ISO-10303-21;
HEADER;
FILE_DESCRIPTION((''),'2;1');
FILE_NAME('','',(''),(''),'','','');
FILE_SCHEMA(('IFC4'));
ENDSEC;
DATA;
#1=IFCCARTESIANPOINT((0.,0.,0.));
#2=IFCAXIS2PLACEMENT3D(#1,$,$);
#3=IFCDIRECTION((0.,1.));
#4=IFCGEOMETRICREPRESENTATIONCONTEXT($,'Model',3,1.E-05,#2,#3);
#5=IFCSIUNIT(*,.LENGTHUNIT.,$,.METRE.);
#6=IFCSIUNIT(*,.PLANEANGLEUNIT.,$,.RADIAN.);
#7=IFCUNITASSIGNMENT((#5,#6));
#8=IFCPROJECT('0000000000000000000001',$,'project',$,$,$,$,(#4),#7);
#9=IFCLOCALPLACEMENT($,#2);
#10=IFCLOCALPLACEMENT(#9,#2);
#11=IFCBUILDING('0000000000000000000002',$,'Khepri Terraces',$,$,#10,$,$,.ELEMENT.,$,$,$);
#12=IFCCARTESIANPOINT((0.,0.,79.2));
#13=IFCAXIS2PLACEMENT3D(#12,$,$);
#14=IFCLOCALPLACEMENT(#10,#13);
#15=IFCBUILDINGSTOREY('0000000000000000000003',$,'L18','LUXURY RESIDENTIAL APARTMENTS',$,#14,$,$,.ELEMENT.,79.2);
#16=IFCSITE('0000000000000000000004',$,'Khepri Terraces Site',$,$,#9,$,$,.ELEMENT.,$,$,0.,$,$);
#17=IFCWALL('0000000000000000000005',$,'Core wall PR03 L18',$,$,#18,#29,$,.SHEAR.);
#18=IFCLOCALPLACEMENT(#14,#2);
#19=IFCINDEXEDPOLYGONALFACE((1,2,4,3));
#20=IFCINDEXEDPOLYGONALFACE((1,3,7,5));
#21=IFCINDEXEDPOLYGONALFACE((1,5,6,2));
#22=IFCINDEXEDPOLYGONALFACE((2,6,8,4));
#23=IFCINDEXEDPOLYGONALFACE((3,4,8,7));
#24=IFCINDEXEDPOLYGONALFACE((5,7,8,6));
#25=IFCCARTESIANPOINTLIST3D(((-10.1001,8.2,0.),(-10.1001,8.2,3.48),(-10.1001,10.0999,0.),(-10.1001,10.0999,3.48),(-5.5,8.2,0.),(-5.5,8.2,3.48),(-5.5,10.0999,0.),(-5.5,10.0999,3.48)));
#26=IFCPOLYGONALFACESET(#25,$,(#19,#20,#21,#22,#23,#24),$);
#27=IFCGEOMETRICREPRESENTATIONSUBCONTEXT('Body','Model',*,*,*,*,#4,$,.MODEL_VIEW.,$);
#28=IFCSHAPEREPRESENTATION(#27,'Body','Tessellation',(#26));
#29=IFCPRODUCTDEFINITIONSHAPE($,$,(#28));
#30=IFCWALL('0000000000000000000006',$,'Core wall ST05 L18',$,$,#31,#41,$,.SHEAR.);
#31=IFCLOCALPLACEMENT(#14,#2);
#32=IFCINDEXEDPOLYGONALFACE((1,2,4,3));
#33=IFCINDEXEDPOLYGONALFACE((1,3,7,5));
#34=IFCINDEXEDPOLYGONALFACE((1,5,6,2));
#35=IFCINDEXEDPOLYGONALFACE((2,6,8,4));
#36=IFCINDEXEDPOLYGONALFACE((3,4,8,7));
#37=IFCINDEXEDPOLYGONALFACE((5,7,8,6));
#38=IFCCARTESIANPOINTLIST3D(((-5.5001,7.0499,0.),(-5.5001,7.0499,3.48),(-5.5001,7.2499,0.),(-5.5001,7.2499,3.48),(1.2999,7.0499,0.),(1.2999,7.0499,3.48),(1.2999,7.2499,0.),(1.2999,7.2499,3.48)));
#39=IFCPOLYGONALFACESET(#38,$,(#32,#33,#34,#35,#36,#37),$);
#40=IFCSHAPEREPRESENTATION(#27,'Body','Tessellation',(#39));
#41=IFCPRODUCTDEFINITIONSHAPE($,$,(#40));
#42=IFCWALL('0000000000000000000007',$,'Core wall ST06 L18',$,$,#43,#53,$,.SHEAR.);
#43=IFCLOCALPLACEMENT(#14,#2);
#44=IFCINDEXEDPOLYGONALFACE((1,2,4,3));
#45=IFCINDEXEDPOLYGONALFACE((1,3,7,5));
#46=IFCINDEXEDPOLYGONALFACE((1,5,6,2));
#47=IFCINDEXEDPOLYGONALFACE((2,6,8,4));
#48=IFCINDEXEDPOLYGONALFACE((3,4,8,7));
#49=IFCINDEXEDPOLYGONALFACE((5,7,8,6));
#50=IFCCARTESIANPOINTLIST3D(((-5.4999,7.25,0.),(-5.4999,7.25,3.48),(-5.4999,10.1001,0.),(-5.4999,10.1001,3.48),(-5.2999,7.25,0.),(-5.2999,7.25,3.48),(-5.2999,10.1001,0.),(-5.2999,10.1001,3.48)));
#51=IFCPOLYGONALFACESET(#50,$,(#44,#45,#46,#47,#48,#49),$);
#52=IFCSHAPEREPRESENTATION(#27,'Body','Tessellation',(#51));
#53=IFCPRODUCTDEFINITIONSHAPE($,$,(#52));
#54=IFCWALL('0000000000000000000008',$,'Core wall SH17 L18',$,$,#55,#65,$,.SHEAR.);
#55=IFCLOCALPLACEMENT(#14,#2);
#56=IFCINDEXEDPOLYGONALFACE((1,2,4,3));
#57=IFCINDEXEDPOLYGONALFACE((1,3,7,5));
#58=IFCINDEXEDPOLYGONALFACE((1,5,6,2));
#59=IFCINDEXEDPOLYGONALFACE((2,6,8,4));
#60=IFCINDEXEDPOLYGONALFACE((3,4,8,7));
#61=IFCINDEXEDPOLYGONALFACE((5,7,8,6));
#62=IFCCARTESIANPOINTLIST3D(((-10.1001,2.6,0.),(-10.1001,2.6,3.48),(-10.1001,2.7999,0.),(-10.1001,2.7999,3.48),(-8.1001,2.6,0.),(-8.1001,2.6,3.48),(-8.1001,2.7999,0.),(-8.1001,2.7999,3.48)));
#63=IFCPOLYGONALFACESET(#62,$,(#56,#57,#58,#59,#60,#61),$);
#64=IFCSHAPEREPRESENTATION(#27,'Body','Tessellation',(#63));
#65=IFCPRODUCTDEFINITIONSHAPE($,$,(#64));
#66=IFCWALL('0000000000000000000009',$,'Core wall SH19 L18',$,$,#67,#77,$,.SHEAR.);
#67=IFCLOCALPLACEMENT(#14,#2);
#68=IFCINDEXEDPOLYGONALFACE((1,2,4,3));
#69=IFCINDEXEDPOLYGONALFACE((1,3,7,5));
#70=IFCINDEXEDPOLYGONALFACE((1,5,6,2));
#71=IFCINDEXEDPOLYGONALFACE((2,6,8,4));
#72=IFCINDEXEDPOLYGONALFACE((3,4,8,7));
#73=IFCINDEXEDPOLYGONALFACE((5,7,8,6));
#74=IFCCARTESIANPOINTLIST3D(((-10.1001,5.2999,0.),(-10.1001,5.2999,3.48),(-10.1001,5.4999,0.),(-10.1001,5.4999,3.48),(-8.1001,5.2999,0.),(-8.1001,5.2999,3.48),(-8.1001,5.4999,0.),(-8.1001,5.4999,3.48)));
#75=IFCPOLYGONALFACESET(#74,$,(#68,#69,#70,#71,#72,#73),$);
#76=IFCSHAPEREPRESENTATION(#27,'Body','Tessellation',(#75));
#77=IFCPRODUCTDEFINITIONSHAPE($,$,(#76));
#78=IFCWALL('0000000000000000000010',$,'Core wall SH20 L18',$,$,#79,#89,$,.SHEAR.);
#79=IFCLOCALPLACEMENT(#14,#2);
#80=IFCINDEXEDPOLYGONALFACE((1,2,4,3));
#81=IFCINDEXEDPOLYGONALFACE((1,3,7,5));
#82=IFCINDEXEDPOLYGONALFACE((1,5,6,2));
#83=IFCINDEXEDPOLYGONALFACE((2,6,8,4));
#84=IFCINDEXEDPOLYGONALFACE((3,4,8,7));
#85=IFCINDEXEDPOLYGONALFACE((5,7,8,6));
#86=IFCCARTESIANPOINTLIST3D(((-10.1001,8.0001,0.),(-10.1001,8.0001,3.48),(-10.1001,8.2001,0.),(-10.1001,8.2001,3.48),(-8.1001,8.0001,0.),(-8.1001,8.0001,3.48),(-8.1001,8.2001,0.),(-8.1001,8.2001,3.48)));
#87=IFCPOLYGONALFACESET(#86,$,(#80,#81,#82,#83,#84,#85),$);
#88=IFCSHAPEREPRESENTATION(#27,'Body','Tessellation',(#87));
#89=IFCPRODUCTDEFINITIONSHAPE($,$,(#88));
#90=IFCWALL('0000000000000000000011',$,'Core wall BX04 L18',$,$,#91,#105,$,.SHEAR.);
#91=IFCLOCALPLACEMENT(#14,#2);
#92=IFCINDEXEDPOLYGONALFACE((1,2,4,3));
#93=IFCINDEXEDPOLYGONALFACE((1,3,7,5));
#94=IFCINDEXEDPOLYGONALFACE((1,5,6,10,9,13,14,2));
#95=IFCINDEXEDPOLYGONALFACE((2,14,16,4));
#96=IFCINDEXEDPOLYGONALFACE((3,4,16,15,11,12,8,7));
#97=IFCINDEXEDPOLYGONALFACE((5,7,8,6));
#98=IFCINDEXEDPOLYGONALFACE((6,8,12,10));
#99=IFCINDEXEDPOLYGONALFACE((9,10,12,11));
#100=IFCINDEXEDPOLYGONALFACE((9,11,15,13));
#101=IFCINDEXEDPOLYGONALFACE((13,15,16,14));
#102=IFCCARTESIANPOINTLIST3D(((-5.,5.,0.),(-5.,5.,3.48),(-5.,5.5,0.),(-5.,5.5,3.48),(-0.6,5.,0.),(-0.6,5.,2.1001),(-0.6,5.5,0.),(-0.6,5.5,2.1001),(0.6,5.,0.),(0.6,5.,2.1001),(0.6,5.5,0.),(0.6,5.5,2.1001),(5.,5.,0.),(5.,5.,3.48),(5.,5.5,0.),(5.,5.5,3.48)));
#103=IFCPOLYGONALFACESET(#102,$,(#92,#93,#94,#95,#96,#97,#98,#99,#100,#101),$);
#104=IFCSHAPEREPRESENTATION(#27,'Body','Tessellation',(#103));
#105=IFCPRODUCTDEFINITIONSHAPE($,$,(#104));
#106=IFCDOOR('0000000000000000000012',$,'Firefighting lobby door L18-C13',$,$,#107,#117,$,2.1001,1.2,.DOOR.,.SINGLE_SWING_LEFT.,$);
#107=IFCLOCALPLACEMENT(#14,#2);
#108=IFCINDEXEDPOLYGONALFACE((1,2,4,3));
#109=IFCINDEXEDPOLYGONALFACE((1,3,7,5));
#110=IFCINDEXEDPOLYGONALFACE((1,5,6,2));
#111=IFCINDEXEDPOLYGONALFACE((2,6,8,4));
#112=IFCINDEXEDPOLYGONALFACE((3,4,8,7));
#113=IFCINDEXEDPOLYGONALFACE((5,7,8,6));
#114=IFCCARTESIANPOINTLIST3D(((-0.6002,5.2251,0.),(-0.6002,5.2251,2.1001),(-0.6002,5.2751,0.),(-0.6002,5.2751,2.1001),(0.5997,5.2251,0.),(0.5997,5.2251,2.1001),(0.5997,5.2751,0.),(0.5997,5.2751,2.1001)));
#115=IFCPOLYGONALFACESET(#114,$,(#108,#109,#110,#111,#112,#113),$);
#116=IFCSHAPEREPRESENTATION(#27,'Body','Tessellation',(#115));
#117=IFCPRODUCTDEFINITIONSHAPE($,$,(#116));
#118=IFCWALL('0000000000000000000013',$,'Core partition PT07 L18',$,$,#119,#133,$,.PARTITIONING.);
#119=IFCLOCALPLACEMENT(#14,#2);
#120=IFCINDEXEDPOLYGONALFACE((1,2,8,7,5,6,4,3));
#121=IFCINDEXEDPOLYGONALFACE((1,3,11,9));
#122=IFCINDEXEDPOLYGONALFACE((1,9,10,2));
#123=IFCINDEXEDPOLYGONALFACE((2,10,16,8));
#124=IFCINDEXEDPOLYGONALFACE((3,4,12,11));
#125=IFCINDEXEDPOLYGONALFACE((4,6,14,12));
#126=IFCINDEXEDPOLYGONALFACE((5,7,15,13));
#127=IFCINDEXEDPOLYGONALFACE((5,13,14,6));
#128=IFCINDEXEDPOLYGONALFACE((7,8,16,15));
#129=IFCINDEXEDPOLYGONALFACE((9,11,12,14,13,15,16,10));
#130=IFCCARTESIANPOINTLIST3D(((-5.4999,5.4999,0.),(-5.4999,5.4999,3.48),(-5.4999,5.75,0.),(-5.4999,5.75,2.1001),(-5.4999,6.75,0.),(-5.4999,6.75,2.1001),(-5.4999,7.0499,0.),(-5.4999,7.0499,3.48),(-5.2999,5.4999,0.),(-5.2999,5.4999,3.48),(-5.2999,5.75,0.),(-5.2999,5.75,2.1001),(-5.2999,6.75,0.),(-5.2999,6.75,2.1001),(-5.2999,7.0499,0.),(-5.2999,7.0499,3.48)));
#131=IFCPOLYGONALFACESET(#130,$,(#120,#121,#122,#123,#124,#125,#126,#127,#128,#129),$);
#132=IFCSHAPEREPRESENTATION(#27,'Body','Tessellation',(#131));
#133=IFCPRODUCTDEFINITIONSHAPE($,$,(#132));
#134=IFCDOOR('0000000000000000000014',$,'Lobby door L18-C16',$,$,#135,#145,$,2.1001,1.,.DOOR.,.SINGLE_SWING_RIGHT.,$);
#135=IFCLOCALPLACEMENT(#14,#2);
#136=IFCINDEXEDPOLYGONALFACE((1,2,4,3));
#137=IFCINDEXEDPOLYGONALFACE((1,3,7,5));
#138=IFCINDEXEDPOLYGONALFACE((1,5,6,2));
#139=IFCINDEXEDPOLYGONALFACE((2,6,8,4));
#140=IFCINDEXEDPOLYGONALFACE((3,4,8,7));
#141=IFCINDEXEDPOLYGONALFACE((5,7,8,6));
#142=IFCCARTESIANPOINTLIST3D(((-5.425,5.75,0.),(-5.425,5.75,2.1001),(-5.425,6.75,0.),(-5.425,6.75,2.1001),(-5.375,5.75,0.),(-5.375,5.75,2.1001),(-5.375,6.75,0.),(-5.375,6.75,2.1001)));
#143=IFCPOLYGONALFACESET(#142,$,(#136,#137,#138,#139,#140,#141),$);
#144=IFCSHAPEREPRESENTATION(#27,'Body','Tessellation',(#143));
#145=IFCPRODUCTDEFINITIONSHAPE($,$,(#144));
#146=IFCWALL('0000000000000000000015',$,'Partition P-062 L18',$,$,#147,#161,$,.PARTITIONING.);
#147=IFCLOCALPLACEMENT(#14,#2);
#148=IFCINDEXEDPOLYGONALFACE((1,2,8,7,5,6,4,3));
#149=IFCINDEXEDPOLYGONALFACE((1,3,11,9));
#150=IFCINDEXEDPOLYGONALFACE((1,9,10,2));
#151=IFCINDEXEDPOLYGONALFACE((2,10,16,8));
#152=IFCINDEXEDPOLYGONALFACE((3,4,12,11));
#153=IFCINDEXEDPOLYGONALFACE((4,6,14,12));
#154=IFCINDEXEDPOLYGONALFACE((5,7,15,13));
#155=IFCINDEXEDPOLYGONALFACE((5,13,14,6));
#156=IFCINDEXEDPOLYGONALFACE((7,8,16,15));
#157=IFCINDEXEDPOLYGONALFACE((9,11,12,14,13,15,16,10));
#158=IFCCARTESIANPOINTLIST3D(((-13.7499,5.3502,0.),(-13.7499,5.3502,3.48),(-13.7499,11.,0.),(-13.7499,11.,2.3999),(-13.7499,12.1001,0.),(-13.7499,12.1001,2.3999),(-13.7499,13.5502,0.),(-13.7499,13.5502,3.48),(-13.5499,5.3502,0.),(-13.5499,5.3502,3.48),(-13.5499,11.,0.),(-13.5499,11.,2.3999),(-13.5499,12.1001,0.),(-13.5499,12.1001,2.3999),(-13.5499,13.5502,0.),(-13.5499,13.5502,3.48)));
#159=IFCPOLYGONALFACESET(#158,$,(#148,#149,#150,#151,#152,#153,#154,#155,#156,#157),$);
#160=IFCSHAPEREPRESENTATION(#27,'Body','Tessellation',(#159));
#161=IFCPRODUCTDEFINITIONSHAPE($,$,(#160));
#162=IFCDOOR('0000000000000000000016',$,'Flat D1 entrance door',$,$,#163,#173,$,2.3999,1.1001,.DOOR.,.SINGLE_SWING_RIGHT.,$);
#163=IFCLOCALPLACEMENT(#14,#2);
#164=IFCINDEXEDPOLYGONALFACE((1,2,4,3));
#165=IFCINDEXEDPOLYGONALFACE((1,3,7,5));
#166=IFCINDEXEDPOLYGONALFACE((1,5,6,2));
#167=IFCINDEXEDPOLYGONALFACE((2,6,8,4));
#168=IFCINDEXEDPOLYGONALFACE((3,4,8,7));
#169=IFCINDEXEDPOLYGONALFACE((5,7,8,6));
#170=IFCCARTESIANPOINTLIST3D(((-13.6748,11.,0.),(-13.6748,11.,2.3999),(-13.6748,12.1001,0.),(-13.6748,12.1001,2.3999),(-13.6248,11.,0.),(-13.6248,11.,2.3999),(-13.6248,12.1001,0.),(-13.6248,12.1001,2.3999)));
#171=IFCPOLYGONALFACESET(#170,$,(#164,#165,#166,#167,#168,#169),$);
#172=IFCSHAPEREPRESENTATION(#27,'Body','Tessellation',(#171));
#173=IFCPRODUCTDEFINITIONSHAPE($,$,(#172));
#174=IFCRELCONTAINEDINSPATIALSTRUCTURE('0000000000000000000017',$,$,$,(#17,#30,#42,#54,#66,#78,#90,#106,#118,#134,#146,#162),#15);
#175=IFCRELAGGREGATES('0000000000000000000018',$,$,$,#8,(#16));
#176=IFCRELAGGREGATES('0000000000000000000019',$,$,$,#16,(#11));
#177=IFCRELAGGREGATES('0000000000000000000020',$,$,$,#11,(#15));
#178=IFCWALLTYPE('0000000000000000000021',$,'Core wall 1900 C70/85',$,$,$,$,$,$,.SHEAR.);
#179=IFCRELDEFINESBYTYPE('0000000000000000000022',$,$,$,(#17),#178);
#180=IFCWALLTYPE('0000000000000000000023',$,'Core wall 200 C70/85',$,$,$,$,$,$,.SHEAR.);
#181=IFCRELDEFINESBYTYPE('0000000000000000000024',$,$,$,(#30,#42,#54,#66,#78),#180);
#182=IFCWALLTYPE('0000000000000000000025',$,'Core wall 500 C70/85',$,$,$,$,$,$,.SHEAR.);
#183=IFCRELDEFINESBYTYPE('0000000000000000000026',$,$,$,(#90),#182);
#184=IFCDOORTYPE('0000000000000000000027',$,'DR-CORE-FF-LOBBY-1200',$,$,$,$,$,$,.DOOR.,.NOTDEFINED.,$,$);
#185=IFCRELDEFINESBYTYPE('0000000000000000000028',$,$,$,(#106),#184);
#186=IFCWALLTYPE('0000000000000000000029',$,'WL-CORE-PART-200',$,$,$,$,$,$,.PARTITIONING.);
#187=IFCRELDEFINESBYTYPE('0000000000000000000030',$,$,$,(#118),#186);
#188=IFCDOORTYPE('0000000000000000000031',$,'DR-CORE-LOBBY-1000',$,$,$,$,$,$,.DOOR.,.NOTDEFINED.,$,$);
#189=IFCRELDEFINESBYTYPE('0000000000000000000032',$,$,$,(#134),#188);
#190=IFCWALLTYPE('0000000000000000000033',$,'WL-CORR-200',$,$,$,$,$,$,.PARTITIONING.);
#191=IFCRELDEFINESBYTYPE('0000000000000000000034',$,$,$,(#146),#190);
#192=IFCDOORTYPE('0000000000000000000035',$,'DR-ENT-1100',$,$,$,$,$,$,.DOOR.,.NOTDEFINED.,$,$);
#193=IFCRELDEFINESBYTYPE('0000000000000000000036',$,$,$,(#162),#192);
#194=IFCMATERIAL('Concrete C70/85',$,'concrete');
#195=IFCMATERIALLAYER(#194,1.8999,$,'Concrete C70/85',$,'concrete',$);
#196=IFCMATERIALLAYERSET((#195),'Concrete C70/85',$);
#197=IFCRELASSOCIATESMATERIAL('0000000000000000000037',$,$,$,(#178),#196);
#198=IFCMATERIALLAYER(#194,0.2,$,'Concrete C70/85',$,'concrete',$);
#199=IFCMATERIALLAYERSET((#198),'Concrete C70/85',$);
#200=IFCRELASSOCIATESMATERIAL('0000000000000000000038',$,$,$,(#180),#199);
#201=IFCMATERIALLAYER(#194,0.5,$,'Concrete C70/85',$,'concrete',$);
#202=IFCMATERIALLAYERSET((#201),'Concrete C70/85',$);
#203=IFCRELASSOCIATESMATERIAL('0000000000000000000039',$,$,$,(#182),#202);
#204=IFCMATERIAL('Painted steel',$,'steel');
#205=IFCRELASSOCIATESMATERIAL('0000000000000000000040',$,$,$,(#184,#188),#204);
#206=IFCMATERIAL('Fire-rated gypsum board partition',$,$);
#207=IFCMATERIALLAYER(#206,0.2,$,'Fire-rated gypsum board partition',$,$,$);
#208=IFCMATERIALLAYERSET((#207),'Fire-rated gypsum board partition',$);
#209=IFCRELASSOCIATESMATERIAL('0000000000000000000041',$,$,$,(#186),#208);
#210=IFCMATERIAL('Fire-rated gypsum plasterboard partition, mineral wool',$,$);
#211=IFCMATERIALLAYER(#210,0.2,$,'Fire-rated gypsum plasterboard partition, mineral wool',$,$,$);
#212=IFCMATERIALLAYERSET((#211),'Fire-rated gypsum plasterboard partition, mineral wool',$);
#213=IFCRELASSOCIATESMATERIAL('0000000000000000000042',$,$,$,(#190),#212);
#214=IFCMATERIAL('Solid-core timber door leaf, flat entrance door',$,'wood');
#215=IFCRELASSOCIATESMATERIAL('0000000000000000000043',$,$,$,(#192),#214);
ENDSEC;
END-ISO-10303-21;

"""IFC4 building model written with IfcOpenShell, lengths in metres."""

from ifc_helpers import new_model, si_unit, direction, frame, frame_2d, origin, place, context, subcontext, project, spatial, rectangle, extrude, material, layer, layer_set, type_object, element, fill, save


model = new_model("IFC4")

# Units and contexts
model_context = context("Model", 3, precision=1e-05, world=origin(), true_north=direction((0.0, 1.0)))
body_context = subcontext(model_context, "Body", "Model", "MODEL_VIEW")
ifc_project = project(units=[si_unit("LENGTHUNIT", "METRE"), si_unit("PLANEANGLEUNIT", "RADIAN")], contexts=[model_context])

# Site, building, storey
site_placement = place(None, origin())
site = spatial("IfcSite", under=ifc_project, at=site_placement, Name="Khepri Terraces Site", CompositionType="ELEMENT", RefElevation=0.0)
building_placement = place(site_placement, origin())
building = spatial("IfcBuilding", under=site, at=building_placement, Name="Khepri Terraces", CompositionType="ELEMENT")
storey_placement = place(building_placement, frame((0.0, 0.0, 79.2)))
storey = spatial("IfcBuildingStorey", under=building, at=storey_placement, Name="L18", Description="LUXURY RESIDENTIAL APARTMENTS", CompositionType="ELEMENT", Elevation=79.2)

# Walls
ifc_material_1 = material(Name="Concrete C70/85", Category="concrete")
ifc_layer_1 = layer(ifc_material_1, 1.8999, Name="Concrete C70/85", Category="concrete")
ifc_layer_set_1 = layer_set([ifc_layer_1], Name="Concrete C70/85")
wall_type_1 = type_object("IfcWallType", Name="Core wall 1900 C70/85", PredefinedType="SHEAR", material=ifc_layer_set_1)
wall_1_placement = place(storey_placement, frame((-10.1001, 9.1499, 0.0), z_axis=(0.0, 0.0, 1.0), x_axis=(1.0, 0.0, 0.0)))
element("IfcWall", 1, at=wall_1_placement, inside=storey, type_object=wall_type_1, Name="Core wall PR03 L18", PredefinedType="SHEAR", context=body_context, shape_type="SweptSolid", body=[
    extrude(rectangle(XDim=4.6001, YDim=1.8999, at=frame_2d((2.3, 0.0))), origin(), (0.0, 0.0, 1.0), 3.48),
])
ifc_layer_2 = layer(ifc_material_1, 0.2, Name="Concrete C70/85", Category="concrete")
ifc_layer_set_2 = layer_set([ifc_layer_2], Name="Concrete C70/85")
wall_type_2 = type_object("IfcWallType", Name="Core wall 200 C70/85", PredefinedType="SHEAR", material=ifc_layer_set_2)
wall_2_placement = place(storey_placement, frame((-5.5, 7.1499, 0.0), z_axis=(0.0, 0.0, 1.0), x_axis=(1.0, 0.0, 0.0)))
element("IfcWall", 2, at=wall_2_placement, inside=storey, type_object=wall_type_2, Name="Core wall ST05 L18", PredefinedType="SHEAR", context=body_context, shape_type="SweptSolid", body=[
    extrude(rectangle(XDim=6.8, YDim=0.2, at=frame_2d((3.3999, 0.0))), origin(), (0.0, 0.0, 1.0), 3.48),
])
wall_3_placement = place(storey_placement, frame((-5.3999, 7.25, 0.0), z_axis=(0.0, 0.0, 1.0), x_axis=(0.0, 1.0, 0.0)))
element("IfcWall", 3, at=wall_3_placement, inside=storey, type_object=wall_type_2, Name="Core wall ST06 L18", PredefinedType="SHEAR", context=body_context, shape_type="SweptSolid", body=[
    extrude(rectangle(XDim=2.8501, YDim=0.2, at=frame_2d((1.425, 0.0))), origin(), (0.0, 0.0, 1.0), 3.48),
])
for number, where, z_axis, x_axis, name in (
    (4, (-10.1001, 2.7, 0.0), (0.0, 0.0, 1.0), (1.0, 0.0, 0.0), "Core wall SH17 L18"),
    (5, (-10.1001, 5.3999, 0.0), (0.0, 0.0, 1.0), (1.0, 0.0, 0.0), "Core wall SH19 L18"),
    (6, (-10.1001, 8.1001, 0.0), (0.0, 0.0, 1.0), (1.0, 0.0, 0.0), "Core wall SH20 L18"),
):
    element("IfcWall", number, at=place(storey_placement, frame(where, z_axis=z_axis, x_axis=x_axis)), inside=storey, type_object=wall_type_2, Name=name, PredefinedType="SHEAR", context=body_context, shape_type="SweptSolid", body=[
        extrude(rectangle(XDim=2.0, YDim=0.2, at=frame_2d((1.0, 0.0))), origin(), (0.0, 0.0, 1.0), 3.48),
    ])

# Walls, openings, doors
ifc_layer_3 = layer(ifc_material_1, 0.5, Name="Concrete C70/85", Category="concrete")
ifc_layer_set_3 = layer_set([ifc_layer_3], Name="Concrete C70/85")
wall_type_3 = type_object("IfcWallType", Name="Core wall 500 C70/85", PredefinedType="SHEAR", material=ifc_layer_set_3)
wall_4_placement = place(storey_placement, frame((-5.0, 5.25, 0.0), z_axis=(0.0, 0.0, 1.0), x_axis=(1.0, 0.0, 0.0)))
wall_4 = element("IfcWall", 7, at=wall_4_placement, inside=storey, type_object=wall_type_3, Name="Core wall BX04 L18", PredefinedType="SHEAR", context=body_context, shape_type="SweptSolid", body=[
    extrude(rectangle(XDim=10.0, YDim=0.5, at=frame_2d((5.0, 0.0))), origin(), (0.0, 0.0, 1.0), 3.48),
])
opening_1_placement = place(wall_4_placement, frame((4.3999, 0.0, 0.0)))
opening_1 = element("IfcOpeningElement", 8, at=opening_1_placement, cuts=wall_4, PredefinedType="OPENING", context=body_context, shape_type="SweptSolid", body=[
    extrude(rectangle(XDim=1.2, YDim=2.1001, at=frame_2d((0.6001, 1.05))), frame((0.0, 0.26, 0.0), z_axis=(0.0, -1.0, 0.0), x_axis=(1.0, 0.0, 0.0)), (0.0, 0.0, 1.0), 0.52),
])
ifc_material_2 = material(Name="Painted steel", Category="steel")
door_type_1 = type_object("IfcDoorType", Name="DR-CORE-FF-LOBBY-1200", OperationType="NOTDEFINED", PredefinedType="DOOR", material=ifc_material_2)
door_1_placement = place(opening_1_placement, frame((1.2, 0.0, 0.0), z_axis=(0.0, 0.0, 1.0), x_axis=(-1.0, 0.0, 0.0)))
door_1 = element("IfcDoor", 9, at=door_1_placement, inside=storey, type_object=door_type_1, Name="Firefighting lobby door L18-C13", OperationType="SINGLE_SWING_LEFT", OverallHeight=2.1001, OverallWidth=1.2, PredefinedType="DOOR", context=body_context, shape_type="SweptSolid", body=[
    extrude(rectangle(XDim=1.2, YDim=2.1001, at=frame_2d((0.6001, 1.05))), frame((0.0, 0.0249, 0.0), z_axis=(0.0, -1.0, 0.0), x_axis=(1.0, 0.0, 0.0)), (0.0, 0.0, 1.0), 0.05),
])
fill(opening_1, door_1)
ifc_material_3 = material(Name="Fire-rated gypsum board partition")
ifc_layer_4 = layer(ifc_material_3, 0.2, Name="Fire-rated gypsum board partition")
ifc_layer_set_4 = layer_set([ifc_layer_4], Name="Fire-rated gypsum board partition")
wall_type_4 = type_object("IfcWallType", Name="WL-CORE-PART-200", PredefinedType="PARTITIONING", material=ifc_layer_set_4)
wall_5_placement = place(storey_placement, frame((-5.3999, 5.5, 0.0), z_axis=(0.0, 0.0, 1.0), x_axis=(0.0, 1.0, 0.0)))
wall_5 = element("IfcWall", 10, at=wall_5_placement, inside=storey, type_object=wall_type_4, Name="Core partition PT07 L18", PredefinedType="PARTITIONING", context=body_context, shape_type="SweptSolid", body=[
    extrude(rectangle(XDim=1.55, YDim=0.2, at=frame_2d((0.7749, 0.0))), origin(), (0.0, 0.0, 1.0), 3.48),
])
opening_2_placement = place(wall_5_placement, frame((0.25, 0.0, 0.0)))
opening_2 = element("IfcOpeningElement", 11, at=opening_2_placement, cuts=wall_5, PredefinedType="OPENING", context=body_context, shape_type="SweptSolid", body=[
    extrude(rectangle(XDim=1.0, YDim=2.1001, at=frame_2d((0.5, 1.05))), frame((0.0, 0.1099, 0.0), z_axis=(0.0, -1.0, 0.0), x_axis=(1.0, 0.0, 0.0)), (0.0, 0.0, 1.0), 0.22),
])
door_type_2 = type_object("IfcDoorType", Name="DR-CORE-LOBBY-1000", OperationType="NOTDEFINED", PredefinedType="DOOR", material=ifc_material_2)
door_2_placement = place(opening_2_placement, frame((1.0, 0.0, 0.0), z_axis=(0.0, 0.0, 1.0), x_axis=(-1.0, 0.0, 0.0)))
door_2 = element("IfcDoor", 12, at=door_2_placement, inside=storey, type_object=door_type_2, Name="Lobby door L18-C16", OperationType="SINGLE_SWING_RIGHT", OverallHeight=2.1001, OverallWidth=1.0, PredefinedType="DOOR", context=body_context, shape_type="SweptSolid", body=[
    extrude(rectangle(XDim=1.0, YDim=2.1001, at=frame_2d((0.5, 1.05))), frame((0.0, 0.0249, 0.0), z_axis=(0.0, -1.0, 0.0), x_axis=(1.0, 0.0, 0.0)), (0.0, 0.0, 1.0), 0.05),
])
fill(opening_2, door_2)
ifc_material_4 = material(Name="Fire-rated gypsum plasterboard partition, mineral wool")
ifc_layer_5 = layer(ifc_material_4, 0.2, Name="Fire-rated gypsum plasterboard partition, mineral wool")
ifc_layer_set_5 = layer_set([ifc_layer_5], Name="Fire-rated gypsum plasterboard partition, mineral wool")
wall_type_5 = type_object("IfcWallType", Name="WL-CORR-200", PredefinedType="PARTITIONING", material=ifc_layer_set_5)
wall_6_placement = place(storey_placement, frame((-13.6499, 5.3501, 0.0), z_axis=(0.0, 0.0, 1.0), x_axis=(0.0, 1.0, 0.0)))
wall_6 = element("IfcWall", 13, at=wall_6_placement, inside=storey, type_object=wall_type_5, Name="Partition P-062 L18", PredefinedType="PARTITIONING", context=body_context, shape_type="SweptSolid", body=[
    extrude(rectangle(XDim=8.2, YDim=0.2, at=frame_2d((4.1001, 0.0))), origin(), (0.0, 0.0, 1.0), 3.48),
])
opening_3_placement = place(wall_6_placement, frame((5.6499, 0.0, 0.0)))
opening_3 = element("IfcOpeningElement", 14, at=opening_3_placement, cuts=wall_6, PredefinedType="OPENING", context=body_context, shape_type="SweptSolid", body=[
    extrude(rectangle(XDim=1.1001, YDim=2.3999, at=frame_2d((0.55, 1.2))), frame((0.0, 0.1099, 0.0), z_axis=(0.0, -1.0, 0.0), x_axis=(1.0, 0.0, 0.0)), (0.0, 0.0, 1.0), 0.22),
])
ifc_material_5 = material(Name="Solid-core timber door leaf, flat entrance door", Category="wood")
door_type_3 = type_object("IfcDoorType", Name="DR-ENT-1100", OperationType="NOTDEFINED", PredefinedType="DOOR", material=ifc_material_5)
door_3_placement = place(opening_3_placement, origin())
door_3 = element("IfcDoor", 15, at=door_3_placement, inside=storey, type_object=door_type_3, Name="Flat D1 entrance door", OperationType="SINGLE_SWING_RIGHT", OverallHeight=2.3999, OverallWidth=1.1001, PredefinedType="DOOR", context=body_context, shape_type="SweptSolid", body=[
    extrude(rectangle(XDim=1.1001, YDim=2.3999, at=frame_2d((0.55, 1.2))), frame((0.0, 0.0249, 0.0), z_axis=(0.0, -1.0, 0.0), x_axis=(1.0, 0.0, 0.0)), (0.0, 0.0, 1.0), 0.05),
])
fill(opening_3, door_3)

save(model, "model.ifc")
